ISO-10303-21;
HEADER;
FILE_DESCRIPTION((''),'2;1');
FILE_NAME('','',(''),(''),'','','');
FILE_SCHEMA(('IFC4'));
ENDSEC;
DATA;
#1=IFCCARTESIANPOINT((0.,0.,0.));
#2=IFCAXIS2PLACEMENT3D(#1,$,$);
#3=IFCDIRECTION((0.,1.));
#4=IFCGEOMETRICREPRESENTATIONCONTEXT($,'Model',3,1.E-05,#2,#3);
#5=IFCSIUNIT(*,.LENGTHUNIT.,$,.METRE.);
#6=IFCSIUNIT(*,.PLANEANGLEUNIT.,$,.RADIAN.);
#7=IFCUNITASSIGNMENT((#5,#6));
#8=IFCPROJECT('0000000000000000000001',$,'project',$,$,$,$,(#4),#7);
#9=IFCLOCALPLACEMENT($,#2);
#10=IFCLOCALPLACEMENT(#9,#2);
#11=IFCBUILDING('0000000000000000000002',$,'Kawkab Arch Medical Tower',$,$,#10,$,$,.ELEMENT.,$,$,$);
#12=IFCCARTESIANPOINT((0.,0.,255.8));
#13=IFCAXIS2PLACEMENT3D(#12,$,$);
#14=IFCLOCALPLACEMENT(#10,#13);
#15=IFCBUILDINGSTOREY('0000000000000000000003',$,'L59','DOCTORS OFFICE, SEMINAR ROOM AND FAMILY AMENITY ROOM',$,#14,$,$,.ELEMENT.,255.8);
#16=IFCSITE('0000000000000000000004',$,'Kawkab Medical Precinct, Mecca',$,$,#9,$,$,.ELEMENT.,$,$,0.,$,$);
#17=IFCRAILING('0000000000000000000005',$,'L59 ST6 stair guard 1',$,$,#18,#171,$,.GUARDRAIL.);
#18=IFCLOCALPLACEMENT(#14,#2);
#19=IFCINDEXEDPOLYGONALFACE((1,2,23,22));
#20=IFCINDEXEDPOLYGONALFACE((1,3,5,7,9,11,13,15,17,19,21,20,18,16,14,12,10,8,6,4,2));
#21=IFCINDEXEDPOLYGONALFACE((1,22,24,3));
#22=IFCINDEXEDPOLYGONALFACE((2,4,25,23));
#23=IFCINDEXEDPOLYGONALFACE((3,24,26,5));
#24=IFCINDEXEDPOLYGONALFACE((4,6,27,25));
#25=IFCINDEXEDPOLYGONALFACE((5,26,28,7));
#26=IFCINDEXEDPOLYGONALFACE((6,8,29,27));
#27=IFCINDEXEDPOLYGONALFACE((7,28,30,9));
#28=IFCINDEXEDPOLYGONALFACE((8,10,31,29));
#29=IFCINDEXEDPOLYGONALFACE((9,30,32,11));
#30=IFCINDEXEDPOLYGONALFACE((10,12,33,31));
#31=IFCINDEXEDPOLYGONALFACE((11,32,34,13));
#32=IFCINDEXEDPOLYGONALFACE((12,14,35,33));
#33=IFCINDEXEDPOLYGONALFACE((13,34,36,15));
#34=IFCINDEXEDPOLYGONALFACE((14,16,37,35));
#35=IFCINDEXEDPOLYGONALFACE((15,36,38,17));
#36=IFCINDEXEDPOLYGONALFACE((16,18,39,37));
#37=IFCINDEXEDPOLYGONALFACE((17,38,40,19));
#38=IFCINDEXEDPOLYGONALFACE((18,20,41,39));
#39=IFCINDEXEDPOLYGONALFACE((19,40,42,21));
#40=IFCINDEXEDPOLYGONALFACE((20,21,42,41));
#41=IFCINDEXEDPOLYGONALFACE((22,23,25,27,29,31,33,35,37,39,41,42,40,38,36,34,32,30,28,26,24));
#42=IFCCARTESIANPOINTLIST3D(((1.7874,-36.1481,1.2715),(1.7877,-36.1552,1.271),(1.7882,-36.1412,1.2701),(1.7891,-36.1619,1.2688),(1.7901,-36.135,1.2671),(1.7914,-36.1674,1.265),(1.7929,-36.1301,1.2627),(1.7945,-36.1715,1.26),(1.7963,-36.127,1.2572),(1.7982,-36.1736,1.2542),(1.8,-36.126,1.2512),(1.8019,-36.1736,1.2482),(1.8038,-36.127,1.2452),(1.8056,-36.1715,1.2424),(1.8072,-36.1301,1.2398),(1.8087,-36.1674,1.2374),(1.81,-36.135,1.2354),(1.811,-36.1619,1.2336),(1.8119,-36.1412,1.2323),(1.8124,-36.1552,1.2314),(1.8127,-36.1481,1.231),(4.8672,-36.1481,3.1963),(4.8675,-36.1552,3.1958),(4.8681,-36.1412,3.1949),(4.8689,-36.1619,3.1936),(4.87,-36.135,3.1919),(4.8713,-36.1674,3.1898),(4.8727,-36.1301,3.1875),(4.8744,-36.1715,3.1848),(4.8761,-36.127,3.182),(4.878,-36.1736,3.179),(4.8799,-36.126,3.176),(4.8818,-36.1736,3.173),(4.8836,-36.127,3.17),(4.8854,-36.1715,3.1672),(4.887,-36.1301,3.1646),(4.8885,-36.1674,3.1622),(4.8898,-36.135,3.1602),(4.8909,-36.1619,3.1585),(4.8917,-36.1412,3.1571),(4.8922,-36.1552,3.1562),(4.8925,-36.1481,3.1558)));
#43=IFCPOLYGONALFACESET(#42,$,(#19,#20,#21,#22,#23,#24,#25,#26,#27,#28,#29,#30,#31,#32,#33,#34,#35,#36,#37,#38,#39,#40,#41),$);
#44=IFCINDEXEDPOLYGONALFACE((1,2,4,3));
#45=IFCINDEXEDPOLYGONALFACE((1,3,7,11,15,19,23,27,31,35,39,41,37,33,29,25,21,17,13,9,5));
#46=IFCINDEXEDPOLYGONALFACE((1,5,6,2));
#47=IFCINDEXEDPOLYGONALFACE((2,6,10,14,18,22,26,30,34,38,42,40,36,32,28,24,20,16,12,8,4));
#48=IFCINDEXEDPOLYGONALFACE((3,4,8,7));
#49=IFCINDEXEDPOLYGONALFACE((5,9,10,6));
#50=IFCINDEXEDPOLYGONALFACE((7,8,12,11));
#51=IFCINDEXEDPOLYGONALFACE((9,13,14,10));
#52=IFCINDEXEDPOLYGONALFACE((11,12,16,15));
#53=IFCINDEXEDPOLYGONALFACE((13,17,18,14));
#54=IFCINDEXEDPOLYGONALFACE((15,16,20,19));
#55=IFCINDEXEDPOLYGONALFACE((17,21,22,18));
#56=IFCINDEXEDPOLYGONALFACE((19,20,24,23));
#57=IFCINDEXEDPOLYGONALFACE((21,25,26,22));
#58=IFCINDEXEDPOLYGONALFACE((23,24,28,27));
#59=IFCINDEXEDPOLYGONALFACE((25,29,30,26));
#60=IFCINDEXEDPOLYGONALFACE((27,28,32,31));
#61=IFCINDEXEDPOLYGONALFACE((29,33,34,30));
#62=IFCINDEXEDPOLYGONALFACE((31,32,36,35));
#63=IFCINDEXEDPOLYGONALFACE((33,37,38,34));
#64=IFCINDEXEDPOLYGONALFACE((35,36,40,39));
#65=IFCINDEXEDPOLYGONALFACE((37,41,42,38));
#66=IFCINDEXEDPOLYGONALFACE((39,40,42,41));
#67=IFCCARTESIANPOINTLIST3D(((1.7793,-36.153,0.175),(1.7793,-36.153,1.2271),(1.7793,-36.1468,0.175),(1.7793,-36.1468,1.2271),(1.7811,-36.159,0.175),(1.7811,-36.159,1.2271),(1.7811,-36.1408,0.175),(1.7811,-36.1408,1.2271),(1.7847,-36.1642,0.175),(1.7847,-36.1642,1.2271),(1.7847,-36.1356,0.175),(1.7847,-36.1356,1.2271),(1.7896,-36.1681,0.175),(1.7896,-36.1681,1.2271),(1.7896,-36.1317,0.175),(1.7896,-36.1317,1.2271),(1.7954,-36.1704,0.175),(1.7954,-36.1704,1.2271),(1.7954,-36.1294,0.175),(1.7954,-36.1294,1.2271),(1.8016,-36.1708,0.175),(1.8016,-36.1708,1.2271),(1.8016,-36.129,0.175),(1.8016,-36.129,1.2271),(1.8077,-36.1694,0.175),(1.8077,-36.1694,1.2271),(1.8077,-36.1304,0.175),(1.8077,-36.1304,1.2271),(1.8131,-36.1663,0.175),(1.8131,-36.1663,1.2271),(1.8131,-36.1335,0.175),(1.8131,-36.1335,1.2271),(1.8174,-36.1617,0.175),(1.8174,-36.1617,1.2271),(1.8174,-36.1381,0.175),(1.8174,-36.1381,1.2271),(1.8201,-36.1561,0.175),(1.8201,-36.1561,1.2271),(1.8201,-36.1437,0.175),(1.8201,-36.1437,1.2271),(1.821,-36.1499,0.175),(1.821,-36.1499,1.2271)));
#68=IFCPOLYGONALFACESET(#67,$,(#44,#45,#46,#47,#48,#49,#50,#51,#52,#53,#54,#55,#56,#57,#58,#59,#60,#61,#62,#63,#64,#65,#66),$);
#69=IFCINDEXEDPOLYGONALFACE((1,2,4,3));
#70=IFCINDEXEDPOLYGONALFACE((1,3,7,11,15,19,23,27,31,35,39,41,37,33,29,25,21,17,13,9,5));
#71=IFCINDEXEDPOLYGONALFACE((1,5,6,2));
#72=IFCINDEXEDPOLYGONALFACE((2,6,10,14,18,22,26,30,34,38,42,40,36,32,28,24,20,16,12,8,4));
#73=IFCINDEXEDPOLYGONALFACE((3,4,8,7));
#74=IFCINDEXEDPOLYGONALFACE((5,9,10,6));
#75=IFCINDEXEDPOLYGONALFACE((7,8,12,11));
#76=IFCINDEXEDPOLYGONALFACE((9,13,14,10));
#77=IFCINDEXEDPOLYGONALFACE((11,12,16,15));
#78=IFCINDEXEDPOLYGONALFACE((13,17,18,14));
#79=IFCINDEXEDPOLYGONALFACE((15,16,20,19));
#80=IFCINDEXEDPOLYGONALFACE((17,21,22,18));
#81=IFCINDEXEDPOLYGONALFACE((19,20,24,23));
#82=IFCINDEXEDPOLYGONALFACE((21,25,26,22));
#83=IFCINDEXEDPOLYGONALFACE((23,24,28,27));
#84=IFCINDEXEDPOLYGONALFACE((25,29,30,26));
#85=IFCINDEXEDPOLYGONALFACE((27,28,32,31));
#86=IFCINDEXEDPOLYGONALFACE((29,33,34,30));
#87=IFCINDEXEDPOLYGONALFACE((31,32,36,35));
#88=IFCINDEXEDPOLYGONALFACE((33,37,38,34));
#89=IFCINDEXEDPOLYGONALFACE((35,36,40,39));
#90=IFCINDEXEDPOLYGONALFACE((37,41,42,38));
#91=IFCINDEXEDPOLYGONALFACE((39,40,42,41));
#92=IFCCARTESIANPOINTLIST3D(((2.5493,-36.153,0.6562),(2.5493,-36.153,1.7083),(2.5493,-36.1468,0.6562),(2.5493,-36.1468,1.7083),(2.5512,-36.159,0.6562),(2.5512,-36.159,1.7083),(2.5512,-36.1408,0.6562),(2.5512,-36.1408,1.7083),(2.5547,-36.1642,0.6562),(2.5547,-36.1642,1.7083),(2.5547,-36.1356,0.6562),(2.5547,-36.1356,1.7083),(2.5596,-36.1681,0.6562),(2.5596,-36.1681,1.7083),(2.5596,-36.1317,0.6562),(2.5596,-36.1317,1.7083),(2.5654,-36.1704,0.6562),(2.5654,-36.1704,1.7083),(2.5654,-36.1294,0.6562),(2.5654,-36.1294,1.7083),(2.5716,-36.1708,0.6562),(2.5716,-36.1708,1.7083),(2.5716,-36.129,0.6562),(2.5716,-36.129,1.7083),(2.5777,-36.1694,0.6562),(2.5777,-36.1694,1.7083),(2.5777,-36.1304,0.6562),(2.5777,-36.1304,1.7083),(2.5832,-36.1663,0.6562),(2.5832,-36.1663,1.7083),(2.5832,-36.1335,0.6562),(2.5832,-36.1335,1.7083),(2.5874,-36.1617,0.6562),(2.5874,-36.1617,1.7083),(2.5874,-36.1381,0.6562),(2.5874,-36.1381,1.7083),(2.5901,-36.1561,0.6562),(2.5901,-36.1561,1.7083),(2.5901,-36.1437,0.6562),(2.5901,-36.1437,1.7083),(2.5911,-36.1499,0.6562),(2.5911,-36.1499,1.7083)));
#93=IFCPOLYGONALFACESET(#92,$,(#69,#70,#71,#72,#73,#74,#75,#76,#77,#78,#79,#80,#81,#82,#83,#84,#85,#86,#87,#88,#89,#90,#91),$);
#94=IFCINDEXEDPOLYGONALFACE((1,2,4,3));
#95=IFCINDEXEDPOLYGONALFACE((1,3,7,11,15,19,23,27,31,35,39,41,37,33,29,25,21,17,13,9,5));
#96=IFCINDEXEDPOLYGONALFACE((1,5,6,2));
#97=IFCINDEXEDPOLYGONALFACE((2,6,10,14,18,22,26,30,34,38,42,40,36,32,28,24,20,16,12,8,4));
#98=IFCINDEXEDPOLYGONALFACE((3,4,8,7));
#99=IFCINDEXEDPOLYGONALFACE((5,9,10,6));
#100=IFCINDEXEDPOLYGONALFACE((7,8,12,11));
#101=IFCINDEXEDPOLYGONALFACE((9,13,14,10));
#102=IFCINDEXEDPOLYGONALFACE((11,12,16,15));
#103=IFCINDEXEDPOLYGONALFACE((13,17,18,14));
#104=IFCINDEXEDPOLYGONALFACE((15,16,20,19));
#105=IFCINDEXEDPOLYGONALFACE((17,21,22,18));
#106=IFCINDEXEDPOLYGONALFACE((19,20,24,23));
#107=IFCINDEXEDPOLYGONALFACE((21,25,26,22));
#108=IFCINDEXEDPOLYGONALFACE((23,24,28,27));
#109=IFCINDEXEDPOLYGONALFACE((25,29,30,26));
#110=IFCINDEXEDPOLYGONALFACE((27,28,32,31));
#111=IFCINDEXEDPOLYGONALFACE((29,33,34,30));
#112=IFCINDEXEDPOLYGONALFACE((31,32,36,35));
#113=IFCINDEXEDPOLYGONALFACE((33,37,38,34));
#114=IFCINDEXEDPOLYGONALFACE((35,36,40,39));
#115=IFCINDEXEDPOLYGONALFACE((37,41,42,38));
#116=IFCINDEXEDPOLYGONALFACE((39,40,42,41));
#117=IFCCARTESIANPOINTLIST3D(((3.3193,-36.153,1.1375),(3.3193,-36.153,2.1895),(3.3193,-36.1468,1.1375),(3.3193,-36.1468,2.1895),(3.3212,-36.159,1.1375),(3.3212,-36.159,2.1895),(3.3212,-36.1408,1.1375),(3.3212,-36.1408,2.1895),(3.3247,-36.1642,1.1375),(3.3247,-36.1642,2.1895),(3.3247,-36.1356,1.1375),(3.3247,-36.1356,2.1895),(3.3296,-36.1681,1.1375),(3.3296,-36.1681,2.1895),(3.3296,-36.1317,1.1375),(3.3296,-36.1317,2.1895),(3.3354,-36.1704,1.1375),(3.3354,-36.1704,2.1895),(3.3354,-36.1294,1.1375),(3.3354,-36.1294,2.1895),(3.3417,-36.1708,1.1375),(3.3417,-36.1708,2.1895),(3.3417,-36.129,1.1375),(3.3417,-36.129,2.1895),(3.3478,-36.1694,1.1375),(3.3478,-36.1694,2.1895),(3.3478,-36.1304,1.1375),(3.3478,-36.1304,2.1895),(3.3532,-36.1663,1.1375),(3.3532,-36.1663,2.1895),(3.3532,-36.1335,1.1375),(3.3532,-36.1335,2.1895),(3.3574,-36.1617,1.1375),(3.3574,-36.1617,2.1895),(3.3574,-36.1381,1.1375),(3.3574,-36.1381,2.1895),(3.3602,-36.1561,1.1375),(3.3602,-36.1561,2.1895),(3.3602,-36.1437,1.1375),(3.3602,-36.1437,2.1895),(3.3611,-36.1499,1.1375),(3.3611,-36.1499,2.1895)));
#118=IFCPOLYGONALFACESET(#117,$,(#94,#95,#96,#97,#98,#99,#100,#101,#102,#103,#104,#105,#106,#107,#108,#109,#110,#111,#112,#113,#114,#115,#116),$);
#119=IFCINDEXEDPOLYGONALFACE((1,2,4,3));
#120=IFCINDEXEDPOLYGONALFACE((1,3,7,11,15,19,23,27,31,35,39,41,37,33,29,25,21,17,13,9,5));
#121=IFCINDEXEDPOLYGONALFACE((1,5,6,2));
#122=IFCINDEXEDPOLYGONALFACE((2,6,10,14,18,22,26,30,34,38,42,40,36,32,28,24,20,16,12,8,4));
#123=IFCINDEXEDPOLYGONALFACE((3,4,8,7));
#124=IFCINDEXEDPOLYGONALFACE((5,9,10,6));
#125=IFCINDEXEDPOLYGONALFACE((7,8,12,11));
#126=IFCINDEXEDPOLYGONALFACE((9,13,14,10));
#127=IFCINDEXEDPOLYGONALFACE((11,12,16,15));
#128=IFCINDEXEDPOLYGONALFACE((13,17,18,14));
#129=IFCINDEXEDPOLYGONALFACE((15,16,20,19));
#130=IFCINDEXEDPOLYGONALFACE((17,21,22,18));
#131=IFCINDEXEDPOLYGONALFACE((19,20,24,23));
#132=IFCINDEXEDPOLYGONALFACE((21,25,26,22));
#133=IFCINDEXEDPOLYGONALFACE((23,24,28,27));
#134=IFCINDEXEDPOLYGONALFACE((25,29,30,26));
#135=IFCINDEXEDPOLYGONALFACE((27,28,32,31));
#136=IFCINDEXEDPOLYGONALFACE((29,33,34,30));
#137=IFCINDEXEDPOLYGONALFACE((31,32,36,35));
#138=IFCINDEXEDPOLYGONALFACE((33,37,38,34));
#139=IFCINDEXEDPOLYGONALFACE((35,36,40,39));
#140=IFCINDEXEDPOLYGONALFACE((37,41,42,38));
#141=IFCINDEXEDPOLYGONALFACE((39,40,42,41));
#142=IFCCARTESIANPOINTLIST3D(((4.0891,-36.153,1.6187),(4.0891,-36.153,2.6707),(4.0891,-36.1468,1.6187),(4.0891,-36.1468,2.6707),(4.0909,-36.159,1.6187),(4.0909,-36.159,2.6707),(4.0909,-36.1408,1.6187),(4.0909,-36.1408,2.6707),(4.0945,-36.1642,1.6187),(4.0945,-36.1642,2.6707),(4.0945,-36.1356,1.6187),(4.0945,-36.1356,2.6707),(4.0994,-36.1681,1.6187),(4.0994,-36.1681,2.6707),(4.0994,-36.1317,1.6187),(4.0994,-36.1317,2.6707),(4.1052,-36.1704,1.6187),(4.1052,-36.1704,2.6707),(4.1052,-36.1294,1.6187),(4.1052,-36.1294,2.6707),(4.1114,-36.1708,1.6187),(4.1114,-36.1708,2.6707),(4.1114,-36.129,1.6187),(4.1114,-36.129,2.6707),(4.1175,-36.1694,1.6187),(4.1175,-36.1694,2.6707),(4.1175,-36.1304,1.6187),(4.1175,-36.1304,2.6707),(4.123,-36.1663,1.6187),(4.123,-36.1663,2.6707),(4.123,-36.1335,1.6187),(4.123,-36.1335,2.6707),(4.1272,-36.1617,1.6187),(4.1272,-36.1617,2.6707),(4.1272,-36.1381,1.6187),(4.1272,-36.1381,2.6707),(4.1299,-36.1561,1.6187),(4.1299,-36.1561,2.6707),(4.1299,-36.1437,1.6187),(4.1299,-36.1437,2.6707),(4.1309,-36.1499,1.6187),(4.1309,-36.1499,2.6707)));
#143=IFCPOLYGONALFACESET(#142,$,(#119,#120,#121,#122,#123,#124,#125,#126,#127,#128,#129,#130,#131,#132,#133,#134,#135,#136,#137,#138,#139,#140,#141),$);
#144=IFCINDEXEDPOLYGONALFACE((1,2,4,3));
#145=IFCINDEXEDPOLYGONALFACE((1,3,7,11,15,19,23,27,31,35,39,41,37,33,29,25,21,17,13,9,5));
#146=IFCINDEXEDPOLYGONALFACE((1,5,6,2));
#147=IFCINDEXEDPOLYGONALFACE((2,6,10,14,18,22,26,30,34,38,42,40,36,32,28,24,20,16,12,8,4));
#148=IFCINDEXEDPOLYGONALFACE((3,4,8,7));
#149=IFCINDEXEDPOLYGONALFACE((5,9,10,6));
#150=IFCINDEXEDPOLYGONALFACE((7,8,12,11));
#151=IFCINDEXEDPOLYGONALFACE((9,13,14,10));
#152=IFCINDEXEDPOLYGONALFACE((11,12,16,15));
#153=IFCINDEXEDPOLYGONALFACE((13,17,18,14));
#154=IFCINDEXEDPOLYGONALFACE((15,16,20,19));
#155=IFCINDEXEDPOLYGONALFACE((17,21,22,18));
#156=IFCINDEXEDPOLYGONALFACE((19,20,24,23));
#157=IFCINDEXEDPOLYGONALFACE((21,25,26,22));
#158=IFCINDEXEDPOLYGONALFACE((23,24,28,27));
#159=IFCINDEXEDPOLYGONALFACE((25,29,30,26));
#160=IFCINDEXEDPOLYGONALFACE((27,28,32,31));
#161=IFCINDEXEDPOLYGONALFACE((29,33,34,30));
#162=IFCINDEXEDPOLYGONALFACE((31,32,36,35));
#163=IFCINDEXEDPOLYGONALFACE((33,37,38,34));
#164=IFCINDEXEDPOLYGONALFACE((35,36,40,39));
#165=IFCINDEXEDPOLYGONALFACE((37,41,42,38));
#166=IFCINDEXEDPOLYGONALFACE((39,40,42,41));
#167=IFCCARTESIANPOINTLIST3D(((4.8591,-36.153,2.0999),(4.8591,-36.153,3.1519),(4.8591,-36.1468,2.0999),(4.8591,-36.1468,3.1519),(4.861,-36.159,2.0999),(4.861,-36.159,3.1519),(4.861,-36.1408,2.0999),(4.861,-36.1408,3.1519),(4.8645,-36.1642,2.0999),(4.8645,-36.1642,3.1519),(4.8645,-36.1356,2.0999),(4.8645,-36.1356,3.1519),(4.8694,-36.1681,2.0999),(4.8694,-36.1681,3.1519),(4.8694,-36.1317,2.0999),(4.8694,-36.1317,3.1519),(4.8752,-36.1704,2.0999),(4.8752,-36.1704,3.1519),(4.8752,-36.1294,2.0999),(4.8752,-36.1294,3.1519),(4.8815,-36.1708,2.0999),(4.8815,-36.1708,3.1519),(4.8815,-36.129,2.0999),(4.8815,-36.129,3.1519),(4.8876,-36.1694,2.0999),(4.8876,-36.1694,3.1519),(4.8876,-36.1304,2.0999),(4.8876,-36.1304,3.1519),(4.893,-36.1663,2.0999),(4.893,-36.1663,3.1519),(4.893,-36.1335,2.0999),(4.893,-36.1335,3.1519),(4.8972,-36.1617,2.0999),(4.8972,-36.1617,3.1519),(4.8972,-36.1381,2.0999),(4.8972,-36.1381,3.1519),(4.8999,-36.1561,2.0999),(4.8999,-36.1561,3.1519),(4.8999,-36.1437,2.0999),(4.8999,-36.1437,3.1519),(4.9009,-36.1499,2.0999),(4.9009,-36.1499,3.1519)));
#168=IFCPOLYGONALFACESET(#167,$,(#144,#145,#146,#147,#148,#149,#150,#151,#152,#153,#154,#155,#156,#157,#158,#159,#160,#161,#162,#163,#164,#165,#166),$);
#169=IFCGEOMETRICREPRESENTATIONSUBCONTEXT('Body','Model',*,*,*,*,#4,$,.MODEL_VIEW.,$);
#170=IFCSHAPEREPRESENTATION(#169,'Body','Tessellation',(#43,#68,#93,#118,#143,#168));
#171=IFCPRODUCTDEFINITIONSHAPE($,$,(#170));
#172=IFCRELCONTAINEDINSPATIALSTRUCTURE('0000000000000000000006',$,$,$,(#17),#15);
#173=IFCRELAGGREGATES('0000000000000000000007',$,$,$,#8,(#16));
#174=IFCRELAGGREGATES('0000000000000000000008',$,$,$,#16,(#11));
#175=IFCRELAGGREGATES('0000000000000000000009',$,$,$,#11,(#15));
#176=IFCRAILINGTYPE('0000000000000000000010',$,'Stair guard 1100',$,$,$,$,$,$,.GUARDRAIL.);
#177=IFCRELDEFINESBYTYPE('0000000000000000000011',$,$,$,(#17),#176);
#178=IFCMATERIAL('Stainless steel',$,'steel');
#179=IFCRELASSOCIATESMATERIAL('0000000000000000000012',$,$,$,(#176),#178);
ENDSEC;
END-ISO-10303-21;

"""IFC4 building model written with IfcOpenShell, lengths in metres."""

from ifc_helpers import new_model, si_unit, direction, frame, origin, origin_2d, place, context, subcontext, project, spatial, circle, extrude, material, type_object, element, save


model = new_model("IFC4")

# Units and contexts
model_context = context("Model", 3, precision=1e-05, world=origin(), true_north=direction((0.0, 1.0)))
body_context = subcontext(model_context, "Body", "Model", "MODEL_VIEW")
ifc_project = project(units=[si_unit("LENGTHUNIT", "METRE"), si_unit("PLANEANGLEUNIT", "RADIAN")], contexts=[model_context])

# Site, building, storey
site_placement = place(None, origin())
site = spatial("IfcSite", under=ifc_project, at=site_placement, Name="Kawkab Medical Precinct, Mecca", CompositionType="ELEMENT", RefElevation=0.0)
building_placement = place(site_placement, origin())
building = spatial("IfcBuilding", under=site, at=building_placement, Name="Kawkab Arch Medical Tower", CompositionType="ELEMENT")
storey_placement = place(building_placement, frame((0.0, 0.0, 255.8)))
storey = spatial("IfcBuildingStorey", under=building, at=storey_placement, Name="L59", Description="DOCTORS OFFICE, SEMINAR ROOM AND FAMILY AMENITY ROOM", CompositionType="ELEMENT", Elevation=255.8)

# Railing
ifc_material_1 = material(Name="Stainless steel", Category="steel")
railing_type = type_object("IfcRailingType", Name="Stair guard 1100", PredefinedType="GUARDRAIL", material=ifc_material_1)
railing_1_placement = place(storey_placement, frame((1.8, -36.1499, 0.175)))
element("IfcRailing", 1, at=railing_1_placement, inside=storey, type_object=railing_type, Name="L59 ST6 stair guard 1", PredefinedType="GUARDRAIL", context=body_context, shape_type="SweptSolid", body=[
    extrude(circle(Radius=0.0239, at=origin_2d()), frame((0.0, 0.0, 1.0762), z_axis=(0.84801, 0.0, 0.529981), x_axis=(0.0, 1.0, 0.0)), (0.0, 0.0, 1.0), 3.6318),
    extrude(circle(Radius=0.021, at=origin_2d()), origin(), (0.0, 0.0, 1.0), 1.052),
    extrude(circle(Radius=0.021, at=origin_2d()), frame((0.77, 0.0, 0.4812)), (0.0, 0.0, 1.0), 1.052),
    extrude(circle(Radius=0.021, at=origin_2d()), frame((1.54, 0.0, 0.9624)), (0.0, 0.0, 1.0), 1.052),
    extrude(circle(Radius=0.021, at=origin_2d()), frame((2.3098, 0.0, 1.4436)), (0.0, 0.0, 1.0), 1.052),
    extrude(circle(Radius=0.021, at=origin_2d()), frame((3.0798, 0.0, 1.9248)), (0.0, 0.0, 1.0), 1.052),
])

save(model, "model.ifc")
